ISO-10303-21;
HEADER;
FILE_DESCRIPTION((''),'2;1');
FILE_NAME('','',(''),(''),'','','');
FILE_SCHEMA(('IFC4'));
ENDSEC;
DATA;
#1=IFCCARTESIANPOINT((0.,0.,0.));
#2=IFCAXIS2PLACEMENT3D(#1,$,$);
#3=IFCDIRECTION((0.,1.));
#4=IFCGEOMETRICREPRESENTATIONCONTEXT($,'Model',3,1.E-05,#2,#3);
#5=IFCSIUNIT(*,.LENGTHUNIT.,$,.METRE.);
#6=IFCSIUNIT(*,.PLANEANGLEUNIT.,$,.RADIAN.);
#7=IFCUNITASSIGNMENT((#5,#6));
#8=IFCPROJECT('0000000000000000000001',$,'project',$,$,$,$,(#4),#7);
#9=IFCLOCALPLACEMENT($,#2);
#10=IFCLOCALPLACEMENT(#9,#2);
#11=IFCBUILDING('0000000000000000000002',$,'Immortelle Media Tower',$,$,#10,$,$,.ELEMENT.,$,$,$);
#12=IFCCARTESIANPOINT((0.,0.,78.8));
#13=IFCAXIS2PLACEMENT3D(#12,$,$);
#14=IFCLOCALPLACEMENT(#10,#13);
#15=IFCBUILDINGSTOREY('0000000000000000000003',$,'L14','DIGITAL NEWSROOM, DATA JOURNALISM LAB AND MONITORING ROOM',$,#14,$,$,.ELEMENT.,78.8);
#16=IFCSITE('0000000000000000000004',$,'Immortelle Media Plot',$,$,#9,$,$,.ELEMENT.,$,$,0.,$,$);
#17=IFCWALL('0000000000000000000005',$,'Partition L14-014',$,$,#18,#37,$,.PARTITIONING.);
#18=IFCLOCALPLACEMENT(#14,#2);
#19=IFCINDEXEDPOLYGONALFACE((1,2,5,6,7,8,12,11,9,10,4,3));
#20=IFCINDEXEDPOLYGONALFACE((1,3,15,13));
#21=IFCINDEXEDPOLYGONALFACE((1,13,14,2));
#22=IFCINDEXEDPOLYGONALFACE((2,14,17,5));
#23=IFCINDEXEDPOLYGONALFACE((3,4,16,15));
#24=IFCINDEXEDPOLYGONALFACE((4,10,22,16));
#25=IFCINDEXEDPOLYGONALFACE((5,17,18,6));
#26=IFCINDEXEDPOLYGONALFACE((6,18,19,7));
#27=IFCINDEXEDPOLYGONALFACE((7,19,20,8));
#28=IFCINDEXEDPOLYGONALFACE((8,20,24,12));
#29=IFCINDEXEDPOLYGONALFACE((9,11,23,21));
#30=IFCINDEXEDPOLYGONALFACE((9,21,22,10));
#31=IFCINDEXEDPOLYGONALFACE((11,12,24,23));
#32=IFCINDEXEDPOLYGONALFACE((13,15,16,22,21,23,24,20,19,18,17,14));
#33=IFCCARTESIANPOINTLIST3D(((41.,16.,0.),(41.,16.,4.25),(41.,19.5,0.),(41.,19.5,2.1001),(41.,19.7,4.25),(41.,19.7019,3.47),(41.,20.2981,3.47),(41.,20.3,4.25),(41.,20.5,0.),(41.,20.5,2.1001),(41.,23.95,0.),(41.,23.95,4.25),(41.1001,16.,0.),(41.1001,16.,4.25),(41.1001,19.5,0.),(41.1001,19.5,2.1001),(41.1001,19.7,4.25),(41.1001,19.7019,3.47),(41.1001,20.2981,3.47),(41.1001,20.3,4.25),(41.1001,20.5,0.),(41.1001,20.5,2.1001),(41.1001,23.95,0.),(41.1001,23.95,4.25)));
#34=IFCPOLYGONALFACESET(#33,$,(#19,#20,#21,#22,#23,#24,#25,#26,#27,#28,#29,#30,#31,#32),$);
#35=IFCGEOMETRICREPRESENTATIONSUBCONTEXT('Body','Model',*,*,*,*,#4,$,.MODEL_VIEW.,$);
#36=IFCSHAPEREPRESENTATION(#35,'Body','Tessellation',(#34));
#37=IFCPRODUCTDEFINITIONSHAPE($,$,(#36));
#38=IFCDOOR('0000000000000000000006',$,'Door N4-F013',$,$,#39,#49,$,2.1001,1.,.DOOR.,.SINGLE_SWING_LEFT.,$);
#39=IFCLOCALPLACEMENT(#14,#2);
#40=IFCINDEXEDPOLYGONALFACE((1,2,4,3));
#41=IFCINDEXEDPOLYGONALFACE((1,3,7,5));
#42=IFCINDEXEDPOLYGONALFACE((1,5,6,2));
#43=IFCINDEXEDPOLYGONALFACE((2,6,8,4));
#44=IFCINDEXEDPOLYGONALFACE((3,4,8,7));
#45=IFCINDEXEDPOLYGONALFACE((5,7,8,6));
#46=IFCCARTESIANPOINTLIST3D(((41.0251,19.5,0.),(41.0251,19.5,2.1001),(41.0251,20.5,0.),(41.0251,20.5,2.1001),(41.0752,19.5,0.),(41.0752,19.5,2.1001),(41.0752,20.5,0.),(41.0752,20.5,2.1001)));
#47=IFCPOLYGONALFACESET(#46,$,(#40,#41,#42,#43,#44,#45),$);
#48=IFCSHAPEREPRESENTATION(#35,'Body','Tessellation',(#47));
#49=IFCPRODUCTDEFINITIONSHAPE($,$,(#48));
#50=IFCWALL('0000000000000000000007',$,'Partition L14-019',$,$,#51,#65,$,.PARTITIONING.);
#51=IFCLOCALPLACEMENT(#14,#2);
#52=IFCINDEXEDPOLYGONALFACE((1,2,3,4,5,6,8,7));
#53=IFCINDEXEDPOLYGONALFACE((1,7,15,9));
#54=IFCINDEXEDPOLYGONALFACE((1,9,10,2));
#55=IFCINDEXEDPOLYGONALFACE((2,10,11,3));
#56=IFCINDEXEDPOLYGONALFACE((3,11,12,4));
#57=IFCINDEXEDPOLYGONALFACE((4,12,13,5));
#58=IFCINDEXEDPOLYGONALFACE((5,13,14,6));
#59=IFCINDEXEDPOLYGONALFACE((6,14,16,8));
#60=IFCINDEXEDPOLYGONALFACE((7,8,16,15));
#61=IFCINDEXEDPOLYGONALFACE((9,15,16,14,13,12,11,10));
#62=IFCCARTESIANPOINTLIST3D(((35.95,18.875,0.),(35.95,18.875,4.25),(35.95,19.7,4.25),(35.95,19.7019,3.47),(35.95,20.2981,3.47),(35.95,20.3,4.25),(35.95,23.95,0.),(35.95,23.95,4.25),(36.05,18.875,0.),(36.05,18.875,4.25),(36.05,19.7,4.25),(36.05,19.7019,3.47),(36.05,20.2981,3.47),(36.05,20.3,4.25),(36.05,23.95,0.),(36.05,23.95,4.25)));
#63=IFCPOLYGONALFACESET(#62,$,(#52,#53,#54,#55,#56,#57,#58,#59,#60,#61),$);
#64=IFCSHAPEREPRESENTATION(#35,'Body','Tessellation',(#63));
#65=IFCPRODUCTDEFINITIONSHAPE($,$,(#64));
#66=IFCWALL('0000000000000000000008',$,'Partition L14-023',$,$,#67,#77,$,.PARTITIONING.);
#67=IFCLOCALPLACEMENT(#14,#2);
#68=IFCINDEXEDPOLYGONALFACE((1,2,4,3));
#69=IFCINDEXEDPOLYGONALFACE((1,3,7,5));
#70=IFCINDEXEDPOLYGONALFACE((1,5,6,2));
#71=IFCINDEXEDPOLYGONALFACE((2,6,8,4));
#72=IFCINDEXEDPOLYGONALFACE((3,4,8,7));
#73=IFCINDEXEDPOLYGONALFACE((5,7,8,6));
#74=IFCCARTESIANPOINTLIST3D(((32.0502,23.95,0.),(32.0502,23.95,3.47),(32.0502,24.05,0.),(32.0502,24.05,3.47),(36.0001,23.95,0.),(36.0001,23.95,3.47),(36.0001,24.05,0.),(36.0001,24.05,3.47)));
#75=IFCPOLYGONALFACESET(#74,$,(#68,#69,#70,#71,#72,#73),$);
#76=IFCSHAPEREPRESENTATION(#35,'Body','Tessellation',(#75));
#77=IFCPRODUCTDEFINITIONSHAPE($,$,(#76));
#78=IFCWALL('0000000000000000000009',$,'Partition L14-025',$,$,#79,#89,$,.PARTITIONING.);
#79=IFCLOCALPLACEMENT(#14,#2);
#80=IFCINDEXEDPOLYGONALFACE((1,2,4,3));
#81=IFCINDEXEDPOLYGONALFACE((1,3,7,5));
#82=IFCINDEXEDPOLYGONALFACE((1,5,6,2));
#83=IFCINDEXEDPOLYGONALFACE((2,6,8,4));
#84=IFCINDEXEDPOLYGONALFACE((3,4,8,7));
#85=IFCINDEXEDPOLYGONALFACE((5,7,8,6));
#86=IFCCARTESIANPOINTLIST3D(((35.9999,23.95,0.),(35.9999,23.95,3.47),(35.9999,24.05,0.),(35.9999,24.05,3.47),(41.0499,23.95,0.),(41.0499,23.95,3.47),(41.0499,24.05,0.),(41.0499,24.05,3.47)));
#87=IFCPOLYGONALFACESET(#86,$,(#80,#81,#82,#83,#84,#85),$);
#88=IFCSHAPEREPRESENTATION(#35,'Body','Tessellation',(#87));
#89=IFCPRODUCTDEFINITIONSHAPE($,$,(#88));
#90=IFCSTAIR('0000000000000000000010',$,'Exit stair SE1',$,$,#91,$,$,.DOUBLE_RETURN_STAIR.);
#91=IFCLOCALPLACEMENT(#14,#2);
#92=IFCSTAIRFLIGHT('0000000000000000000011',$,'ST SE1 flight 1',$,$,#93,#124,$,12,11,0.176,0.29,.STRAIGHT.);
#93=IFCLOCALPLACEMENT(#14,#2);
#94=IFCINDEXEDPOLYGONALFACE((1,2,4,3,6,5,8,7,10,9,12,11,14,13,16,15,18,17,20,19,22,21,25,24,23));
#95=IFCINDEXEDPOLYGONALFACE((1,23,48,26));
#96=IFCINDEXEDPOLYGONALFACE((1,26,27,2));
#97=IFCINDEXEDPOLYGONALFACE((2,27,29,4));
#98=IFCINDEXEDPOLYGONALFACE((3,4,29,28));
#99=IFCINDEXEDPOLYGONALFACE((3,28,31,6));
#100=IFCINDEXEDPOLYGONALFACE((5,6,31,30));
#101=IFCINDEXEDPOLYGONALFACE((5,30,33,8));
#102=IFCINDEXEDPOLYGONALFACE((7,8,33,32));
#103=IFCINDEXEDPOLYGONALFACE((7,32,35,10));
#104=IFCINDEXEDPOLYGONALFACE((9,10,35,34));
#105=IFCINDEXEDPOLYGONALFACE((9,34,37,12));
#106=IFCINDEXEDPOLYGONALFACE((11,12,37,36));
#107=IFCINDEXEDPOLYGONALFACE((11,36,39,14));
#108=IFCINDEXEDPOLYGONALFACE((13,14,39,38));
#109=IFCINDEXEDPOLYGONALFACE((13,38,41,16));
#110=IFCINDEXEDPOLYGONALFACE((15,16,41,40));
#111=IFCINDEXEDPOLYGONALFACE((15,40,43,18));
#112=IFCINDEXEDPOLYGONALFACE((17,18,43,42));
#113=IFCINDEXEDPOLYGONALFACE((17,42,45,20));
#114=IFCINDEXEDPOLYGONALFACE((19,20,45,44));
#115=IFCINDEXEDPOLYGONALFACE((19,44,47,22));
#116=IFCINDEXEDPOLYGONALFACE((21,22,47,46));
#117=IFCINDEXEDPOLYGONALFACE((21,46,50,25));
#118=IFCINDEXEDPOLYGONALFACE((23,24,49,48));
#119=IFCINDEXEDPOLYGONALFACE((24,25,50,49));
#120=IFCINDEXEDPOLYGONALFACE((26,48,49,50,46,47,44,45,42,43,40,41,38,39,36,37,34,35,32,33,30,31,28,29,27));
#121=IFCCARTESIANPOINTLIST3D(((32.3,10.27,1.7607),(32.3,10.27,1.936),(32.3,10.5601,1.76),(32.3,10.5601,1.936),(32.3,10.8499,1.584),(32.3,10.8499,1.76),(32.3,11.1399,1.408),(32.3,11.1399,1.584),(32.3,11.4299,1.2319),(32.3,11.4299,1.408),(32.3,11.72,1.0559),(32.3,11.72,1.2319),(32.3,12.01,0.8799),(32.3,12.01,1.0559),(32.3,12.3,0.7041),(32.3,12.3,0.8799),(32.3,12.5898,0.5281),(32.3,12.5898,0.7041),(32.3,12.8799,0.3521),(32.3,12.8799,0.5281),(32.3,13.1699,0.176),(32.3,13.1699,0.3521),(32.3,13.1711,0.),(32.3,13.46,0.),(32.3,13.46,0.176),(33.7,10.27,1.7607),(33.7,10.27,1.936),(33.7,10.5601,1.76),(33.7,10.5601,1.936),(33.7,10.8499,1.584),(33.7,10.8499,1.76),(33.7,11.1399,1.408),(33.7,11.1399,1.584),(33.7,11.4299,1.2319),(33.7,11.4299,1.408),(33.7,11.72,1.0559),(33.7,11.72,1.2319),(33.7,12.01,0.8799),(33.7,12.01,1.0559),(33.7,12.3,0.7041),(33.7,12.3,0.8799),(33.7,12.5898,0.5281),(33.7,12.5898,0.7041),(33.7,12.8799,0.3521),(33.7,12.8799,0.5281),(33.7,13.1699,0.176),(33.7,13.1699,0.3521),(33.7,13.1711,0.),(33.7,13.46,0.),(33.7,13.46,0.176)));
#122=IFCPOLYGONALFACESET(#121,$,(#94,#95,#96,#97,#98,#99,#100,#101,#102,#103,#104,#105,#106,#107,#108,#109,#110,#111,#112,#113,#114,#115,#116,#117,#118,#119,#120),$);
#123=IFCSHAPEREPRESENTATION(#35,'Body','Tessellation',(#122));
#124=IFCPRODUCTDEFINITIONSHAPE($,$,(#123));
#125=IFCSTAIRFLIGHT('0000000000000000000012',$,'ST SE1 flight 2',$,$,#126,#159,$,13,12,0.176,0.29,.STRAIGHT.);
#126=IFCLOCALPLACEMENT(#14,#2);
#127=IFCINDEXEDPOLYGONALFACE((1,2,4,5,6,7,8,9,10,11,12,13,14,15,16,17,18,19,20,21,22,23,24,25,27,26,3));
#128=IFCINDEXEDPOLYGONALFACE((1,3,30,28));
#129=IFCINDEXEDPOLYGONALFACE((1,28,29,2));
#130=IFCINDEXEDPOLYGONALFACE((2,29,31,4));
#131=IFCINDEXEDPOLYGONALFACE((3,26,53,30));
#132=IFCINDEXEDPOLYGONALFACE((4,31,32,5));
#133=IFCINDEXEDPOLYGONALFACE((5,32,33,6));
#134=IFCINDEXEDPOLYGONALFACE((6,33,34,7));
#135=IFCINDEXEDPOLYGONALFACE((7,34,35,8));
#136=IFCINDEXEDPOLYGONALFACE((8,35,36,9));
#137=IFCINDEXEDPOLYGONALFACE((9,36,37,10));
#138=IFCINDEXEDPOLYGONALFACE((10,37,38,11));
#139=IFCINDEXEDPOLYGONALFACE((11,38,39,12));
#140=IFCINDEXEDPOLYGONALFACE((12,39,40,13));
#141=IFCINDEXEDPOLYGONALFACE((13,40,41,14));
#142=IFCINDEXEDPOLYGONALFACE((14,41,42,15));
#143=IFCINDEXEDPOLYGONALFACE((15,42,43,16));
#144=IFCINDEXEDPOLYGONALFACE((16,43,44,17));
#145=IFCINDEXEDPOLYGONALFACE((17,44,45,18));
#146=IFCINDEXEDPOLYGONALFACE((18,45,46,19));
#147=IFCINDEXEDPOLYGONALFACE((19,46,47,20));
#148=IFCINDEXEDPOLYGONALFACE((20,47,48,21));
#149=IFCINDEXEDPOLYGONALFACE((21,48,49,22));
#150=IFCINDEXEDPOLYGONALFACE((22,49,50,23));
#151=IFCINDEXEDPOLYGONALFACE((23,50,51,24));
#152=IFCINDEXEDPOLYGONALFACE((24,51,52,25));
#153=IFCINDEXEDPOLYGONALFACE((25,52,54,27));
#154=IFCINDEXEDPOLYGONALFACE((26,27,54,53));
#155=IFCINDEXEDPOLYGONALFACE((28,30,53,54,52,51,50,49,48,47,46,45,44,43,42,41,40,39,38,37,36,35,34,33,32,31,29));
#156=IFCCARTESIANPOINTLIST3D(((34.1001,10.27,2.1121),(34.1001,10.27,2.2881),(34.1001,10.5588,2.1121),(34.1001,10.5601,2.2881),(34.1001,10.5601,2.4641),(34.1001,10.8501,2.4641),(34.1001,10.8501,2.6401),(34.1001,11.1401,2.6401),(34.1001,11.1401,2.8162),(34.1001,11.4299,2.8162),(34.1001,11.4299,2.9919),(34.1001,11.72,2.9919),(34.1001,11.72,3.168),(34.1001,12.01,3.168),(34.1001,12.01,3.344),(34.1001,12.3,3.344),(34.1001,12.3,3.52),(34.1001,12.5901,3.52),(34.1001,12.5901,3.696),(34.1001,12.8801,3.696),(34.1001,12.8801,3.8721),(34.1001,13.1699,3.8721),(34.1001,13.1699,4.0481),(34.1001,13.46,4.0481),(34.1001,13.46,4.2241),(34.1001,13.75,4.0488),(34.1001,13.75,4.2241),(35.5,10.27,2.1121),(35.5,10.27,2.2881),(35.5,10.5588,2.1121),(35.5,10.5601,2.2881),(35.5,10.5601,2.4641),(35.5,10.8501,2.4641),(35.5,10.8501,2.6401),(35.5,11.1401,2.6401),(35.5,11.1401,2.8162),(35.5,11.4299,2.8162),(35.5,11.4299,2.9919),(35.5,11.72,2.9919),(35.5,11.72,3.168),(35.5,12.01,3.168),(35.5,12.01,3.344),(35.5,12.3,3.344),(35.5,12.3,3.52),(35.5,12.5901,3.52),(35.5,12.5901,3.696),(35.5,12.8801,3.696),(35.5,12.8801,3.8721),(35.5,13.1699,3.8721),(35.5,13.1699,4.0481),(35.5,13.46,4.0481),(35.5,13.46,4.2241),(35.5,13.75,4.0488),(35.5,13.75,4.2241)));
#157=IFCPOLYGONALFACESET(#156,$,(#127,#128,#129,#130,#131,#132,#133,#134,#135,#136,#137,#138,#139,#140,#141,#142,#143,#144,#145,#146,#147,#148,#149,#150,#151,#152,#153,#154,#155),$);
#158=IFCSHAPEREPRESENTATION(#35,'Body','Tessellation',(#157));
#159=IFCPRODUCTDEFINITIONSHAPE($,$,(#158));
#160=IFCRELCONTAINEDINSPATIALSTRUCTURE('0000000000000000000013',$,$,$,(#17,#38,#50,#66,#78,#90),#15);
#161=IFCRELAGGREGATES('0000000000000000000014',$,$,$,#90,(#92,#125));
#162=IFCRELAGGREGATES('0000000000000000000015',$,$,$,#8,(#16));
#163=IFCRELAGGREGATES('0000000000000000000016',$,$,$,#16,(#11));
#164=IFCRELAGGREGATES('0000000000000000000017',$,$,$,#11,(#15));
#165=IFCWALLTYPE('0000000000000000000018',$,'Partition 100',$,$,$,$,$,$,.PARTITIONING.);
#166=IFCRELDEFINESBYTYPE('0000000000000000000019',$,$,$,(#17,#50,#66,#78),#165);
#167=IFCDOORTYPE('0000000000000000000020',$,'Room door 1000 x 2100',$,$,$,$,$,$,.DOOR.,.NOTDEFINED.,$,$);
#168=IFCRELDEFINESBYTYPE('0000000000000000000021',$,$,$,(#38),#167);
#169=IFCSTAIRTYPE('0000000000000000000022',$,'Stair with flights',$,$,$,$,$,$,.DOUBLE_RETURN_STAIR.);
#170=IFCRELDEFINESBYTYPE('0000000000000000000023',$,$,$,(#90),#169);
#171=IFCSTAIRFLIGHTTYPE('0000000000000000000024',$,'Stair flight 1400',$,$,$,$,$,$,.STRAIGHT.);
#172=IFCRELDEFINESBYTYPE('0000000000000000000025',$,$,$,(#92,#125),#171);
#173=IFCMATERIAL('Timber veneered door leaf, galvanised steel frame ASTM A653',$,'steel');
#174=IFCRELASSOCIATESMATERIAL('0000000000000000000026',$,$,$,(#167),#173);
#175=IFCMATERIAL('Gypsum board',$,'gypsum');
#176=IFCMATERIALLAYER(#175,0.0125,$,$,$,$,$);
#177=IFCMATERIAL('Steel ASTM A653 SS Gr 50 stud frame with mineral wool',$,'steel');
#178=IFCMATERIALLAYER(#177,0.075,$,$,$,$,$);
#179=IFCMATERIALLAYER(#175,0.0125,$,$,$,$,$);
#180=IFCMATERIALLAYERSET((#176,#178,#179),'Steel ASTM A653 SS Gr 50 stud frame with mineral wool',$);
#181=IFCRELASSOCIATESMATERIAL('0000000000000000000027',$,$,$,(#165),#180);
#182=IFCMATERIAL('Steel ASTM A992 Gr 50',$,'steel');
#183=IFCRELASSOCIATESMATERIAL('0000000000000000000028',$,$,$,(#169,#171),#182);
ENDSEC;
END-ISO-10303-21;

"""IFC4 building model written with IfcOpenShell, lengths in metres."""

from ifc_helpers import new_model, si_unit, direction, frame, frame_2d, origin, place, context, subcontext, project, spatial, polyline, rectangle, outline, extrude, material, layer, layer_set, type_object, element, fill, aggregate, save


model = new_model("IFC4")

# Units and contexts
model_context = context("Model", 3, precision=1e-05, world=origin(), true_north=direction((0.0, 1.0)))
body_context = subcontext(model_context, "Body", "Model", "MODEL_VIEW")
ifc_project = project(units=[si_unit("LENGTHUNIT", "METRE"), si_unit("PLANEANGLEUNIT", "RADIAN")], contexts=[model_context])

# Site, building, storey
site_placement = place(None, origin())
site = spatial("IfcSite", under=ifc_project, at=site_placement, Name="Immortelle Media Plot", CompositionType="ELEMENT", RefElevation=0.0)
building_placement = place(site_placement, origin())
building = spatial("IfcBuilding", under=site, at=building_placement, Name="Immortelle Media Tower", CompositionType="ELEMENT")
storey_placement = place(building_placement, frame((0.0, 0.0, 78.8)))
storey = spatial("IfcBuildingStorey", under=building, at=storey_placement, Name="L14", Description="DIGITAL NEWSROOM, DATA JOURNALISM LAB AND MONITORING ROOM", CompositionType="ELEMENT", Elevation=78.8)

# Shared definitions
ifc_material_1 = material(Name="Steel ASTM A992 Gr 50", Category="steel")

# Shared definitions
ifc_material_2 = material(Name="Steel ASTM A653 SS Gr 50 stud frame with mineral wool", Category="steel")
ifc_material_3 = material(Name="Timber veneered door leaf, galvanised steel frame ASTM A653", Category="steel")
door_type = type_object("IfcDoorType", Name="Room door 1000 x 2100", OperationType="NOTDEFINED", PredefinedType="DOOR", material=ifc_material_3)

# Shared definitions
ifc_material_4 = material(Name="Gypsum board", Category="gypsum")
ifc_layer_1 = layer(ifc_material_4, 0.0125)
ifc_layer_2 = layer(ifc_material_2, 0.075)
ifc_layer_3 = layer(ifc_material_4, 0.0125)
ifc_layer_set_1 = layer_set([ifc_layer_1, ifc_layer_2, ifc_layer_3], Name="Steel ASTM A653 SS Gr 50 stud frame with mineral wool")
wall_type_1 = type_object("IfcWallType", Name="Partition 100", PredefinedType="PARTITIONING", material=ifc_layer_set_1)

# Wall, opening, door
wall_1_placement = place(storey_placement, frame((41.05, 16.0, 0.0), z_axis=(0.0, 0.0, 1.0), x_axis=(0.0, 1.0, 0.0)))
wall_1 = element("IfcWall", 1, at=wall_1_placement, inside=storey, type_object=wall_type_1, Name="Partition L14-014", PredefinedType="PARTITIONING", context=body_context, shape_type="SweptSolid", body=[
    extrude(outline(polyline([(0.0, 0.0), (7.95, 0.0), (7.95, 4.25), (4.3, 4.25), (4.2981, 3.47), (3.7019, 3.47), (3.7, 4.25), (0.0, 4.25), (0.0, 0.0)])), frame((0.0, 0.05, 0.0), z_axis=(0.0, -1.0, 0.0), x_axis=(1.0, 0.0, 0.0)), (0.0, 0.0, 1.0), 0.1001),
])
opening_1_placement = place(wall_1_placement, frame((3.5, 0.0, 0.0)))
opening_1 = element("IfcOpeningElement", 2, at=opening_1_placement, cuts=wall_1, PredefinedType="OPENING", context=body_context, shape_type="SweptSolid", body=[
    extrude(rectangle(XDim=1.0, YDim=2.1001, at=frame_2d((0.5, 1.05))), frame((0.0, 0.0601, 0.0), z_axis=(0.0, -1.0, 0.0), x_axis=(1.0, 0.0, 0.0)), (0.0, 0.0, 1.0), 0.1201),
])
door_1_placement = place(opening_1_placement, origin())
door_1 = element("IfcDoor", 3, at=door_1_placement, inside=storey, type_object=door_type, Name="Door N4-F013", OperationType="SINGLE_SWING_LEFT", OverallHeight=2.1001, OverallWidth=1.0, PredefinedType="DOOR", context=body_context, shape_type="SweptSolid", body=[
    extrude(rectangle(XDim=1.0, YDim=2.1001, at=frame_2d((0.5, 1.05))), frame((0.0, 0.0249, 0.0), z_axis=(0.0, -1.0, 0.0), x_axis=(1.0, 0.0, 0.0)), (0.0, 0.0, 1.0), 0.05),
])
fill(opening_1, door_1)

# Walls
wall_2_placement = place(storey_placement, frame((36.0, 18.875, 0.0), z_axis=(0.0, 0.0, 1.0), x_axis=(0.0, 1.0, 0.0)))
element("IfcWall", 4, at=wall_2_placement, inside=storey, type_object=wall_type_1, Name="Partition L14-019", PredefinedType="PARTITIONING", context=body_context, shape_type="SweptSolid", body=[
    extrude(outline(polyline([(0.0, 0.0), (5.075, 0.0), (5.075, 4.25), (1.425, 4.25), (1.4231, 3.47), (0.8269, 3.47), (0.825, 4.25), (0.0, 4.25), (0.0, 0.0)])), frame((0.0, 0.05, 0.0), z_axis=(0.0, -1.0, 0.0), x_axis=(1.0, 0.0, 0.0)), (0.0, 0.0, 1.0), 0.1001),
])
wall_3_placement = place(storey_placement, frame((32.05, 24.0, 0.0), z_axis=(0.0, 0.0, 1.0), x_axis=(1.0, 0.0, 0.0)))
element("IfcWall", 5, at=wall_3_placement, inside=storey, type_object=wall_type_1, Name="Partition L14-023", PredefinedType="PARTITIONING", context=body_context, shape_type="SweptSolid", body=[
    extrude(rectangle(XDim=3.95, YDim=0.1001, at=frame_2d((1.9751, 0.0))), origin(), (0.0, 0.0, 1.0), 3.47),
])
wall_4_placement = place(storey_placement, frame((36.0, 24.0, 0.0), z_axis=(0.0, 0.0, 1.0), x_axis=(1.0, 0.0, 0.0)))
element("IfcWall", 6, at=wall_4_placement, inside=storey, type_object=wall_type_1, Name="Partition L14-025", PredefinedType="PARTITIONING", context=body_context, shape_type="SweptSolid", body=[
    extrude(rectangle(XDim=5.05, YDim=0.1001, at=frame_2d((2.5249, 0.0))), origin(), (0.0, 0.0, 1.0), 3.47),
])

# Stair, stair flights
stair_type = type_object("IfcStairType", Name="Stair with flights", PredefinedType="DOUBLE_RETURN_STAIR", material=ifc_material_1)
stair_1_placement = place(storey_placement, origin())
stair_1 = element("IfcStair", 7, at=stair_1_placement, inside=storey, type_object=stair_type, Name="Exit stair SE1", PredefinedType="DOUBLE_RETURN_STAIR")
stair_flight_type = type_object("IfcStairFlightType", Name="Stair flight 1400", PredefinedType="STRAIGHT", material=ifc_material_1)
stair_flight_1_placement = place(storey_placement, frame((33.0, 13.46, 0.0), z_axis=(0.0, 0.0, 1.0), x_axis=(0.0, -1.0, 0.0)))
stair_flight_1 = element("IfcStairFlight", 8, at=stair_flight_1_placement, type_object=stair_flight_type, Name="ST SE1 flight 1", NumberOfRisers=12, NumberOfTreads=11, PredefinedType="STRAIGHT", RiserHeight=0.176, TreadLength=0.29, context=body_context, shape_type="SweptSolid", body=[
    extrude(outline(polyline([(0.0, 0.0), (0.0, 0.176), (0.29, 0.176), (0.29, 0.3521), (0.5801, 0.3521), (0.5801, 0.5281), (0.8701, 0.5281), (0.8701, 0.7041), (1.1599, 0.7041), (1.1599, 0.8799), (1.45, 0.8799), (1.45, 1.0559), (1.74, 1.0559), (1.74, 1.2319), (2.03, 1.2319), (2.03, 1.408), (2.3201, 1.408), (2.3201, 1.584), (2.6101, 1.584), (2.6101, 1.76), (2.8999, 1.76), (2.8999, 1.936), (3.1899, 1.936), (3.1899, 2.1121), (3.1899, 1.7607), (0.2888, 0.0), (0.0, 0.0)])), frame((0.0, 0.7, 0.0), z_axis=(0.0, -1.0, 0.0), x_axis=(1.0, 0.0, 0.0)), (0.0, 0.0, 1.0), 1.3999),
])
stair_flight_2_placement = place(storey_placement, frame((34.8, 10.27, 2.1121), z_axis=(0.0, 0.0, 1.0), x_axis=(0.0, 1.0, 0.0)))
stair_flight_2 = element("IfcStairFlight", 9, at=stair_flight_2_placement, type_object=stair_flight_type, Name="ST SE1 flight 2", NumberOfRisers=13, NumberOfTreads=12, PredefinedType="STRAIGHT", RiserHeight=0.176, TreadLength=0.29, context=body_context, shape_type="SweptSolid", body=[
    extrude(outline(polyline([(0.0, 0.0), (0.0, 0.176), (0.29, 0.176), (0.29, 0.3521), (0.5801, 0.3521), (0.5801, 0.5281), (0.8701, 0.5281), (0.8701, 0.7041), (1.1599, 0.7041), (1.1599, 0.8799), (1.45, 0.8799), (1.45, 1.0559), (1.74, 1.0559), (1.74, 1.2319), (2.03, 1.2319), (2.03, 1.408), (2.3201, 1.408), (2.3201, 1.584), (2.6101, 1.584), (2.6101, 1.76), (2.8999, 1.76), (2.8999, 1.936), (3.1899, 1.936), (3.1899, 2.1121), (3.48, 2.1121), (3.48, 2.2881), (3.48, 1.9368), (0.2888, 0.0), (0.0, 0.0)])), frame((0.0, 0.7, 0.0), z_axis=(0.0, -1.0, 0.0), x_axis=(1.0, 0.0, 0.0)), (0.0, 0.0, 1.0), 1.3999),
])
aggregate(stair_1, [stair_flight_1, stair_flight_2])

save(model, "model.ifc")
